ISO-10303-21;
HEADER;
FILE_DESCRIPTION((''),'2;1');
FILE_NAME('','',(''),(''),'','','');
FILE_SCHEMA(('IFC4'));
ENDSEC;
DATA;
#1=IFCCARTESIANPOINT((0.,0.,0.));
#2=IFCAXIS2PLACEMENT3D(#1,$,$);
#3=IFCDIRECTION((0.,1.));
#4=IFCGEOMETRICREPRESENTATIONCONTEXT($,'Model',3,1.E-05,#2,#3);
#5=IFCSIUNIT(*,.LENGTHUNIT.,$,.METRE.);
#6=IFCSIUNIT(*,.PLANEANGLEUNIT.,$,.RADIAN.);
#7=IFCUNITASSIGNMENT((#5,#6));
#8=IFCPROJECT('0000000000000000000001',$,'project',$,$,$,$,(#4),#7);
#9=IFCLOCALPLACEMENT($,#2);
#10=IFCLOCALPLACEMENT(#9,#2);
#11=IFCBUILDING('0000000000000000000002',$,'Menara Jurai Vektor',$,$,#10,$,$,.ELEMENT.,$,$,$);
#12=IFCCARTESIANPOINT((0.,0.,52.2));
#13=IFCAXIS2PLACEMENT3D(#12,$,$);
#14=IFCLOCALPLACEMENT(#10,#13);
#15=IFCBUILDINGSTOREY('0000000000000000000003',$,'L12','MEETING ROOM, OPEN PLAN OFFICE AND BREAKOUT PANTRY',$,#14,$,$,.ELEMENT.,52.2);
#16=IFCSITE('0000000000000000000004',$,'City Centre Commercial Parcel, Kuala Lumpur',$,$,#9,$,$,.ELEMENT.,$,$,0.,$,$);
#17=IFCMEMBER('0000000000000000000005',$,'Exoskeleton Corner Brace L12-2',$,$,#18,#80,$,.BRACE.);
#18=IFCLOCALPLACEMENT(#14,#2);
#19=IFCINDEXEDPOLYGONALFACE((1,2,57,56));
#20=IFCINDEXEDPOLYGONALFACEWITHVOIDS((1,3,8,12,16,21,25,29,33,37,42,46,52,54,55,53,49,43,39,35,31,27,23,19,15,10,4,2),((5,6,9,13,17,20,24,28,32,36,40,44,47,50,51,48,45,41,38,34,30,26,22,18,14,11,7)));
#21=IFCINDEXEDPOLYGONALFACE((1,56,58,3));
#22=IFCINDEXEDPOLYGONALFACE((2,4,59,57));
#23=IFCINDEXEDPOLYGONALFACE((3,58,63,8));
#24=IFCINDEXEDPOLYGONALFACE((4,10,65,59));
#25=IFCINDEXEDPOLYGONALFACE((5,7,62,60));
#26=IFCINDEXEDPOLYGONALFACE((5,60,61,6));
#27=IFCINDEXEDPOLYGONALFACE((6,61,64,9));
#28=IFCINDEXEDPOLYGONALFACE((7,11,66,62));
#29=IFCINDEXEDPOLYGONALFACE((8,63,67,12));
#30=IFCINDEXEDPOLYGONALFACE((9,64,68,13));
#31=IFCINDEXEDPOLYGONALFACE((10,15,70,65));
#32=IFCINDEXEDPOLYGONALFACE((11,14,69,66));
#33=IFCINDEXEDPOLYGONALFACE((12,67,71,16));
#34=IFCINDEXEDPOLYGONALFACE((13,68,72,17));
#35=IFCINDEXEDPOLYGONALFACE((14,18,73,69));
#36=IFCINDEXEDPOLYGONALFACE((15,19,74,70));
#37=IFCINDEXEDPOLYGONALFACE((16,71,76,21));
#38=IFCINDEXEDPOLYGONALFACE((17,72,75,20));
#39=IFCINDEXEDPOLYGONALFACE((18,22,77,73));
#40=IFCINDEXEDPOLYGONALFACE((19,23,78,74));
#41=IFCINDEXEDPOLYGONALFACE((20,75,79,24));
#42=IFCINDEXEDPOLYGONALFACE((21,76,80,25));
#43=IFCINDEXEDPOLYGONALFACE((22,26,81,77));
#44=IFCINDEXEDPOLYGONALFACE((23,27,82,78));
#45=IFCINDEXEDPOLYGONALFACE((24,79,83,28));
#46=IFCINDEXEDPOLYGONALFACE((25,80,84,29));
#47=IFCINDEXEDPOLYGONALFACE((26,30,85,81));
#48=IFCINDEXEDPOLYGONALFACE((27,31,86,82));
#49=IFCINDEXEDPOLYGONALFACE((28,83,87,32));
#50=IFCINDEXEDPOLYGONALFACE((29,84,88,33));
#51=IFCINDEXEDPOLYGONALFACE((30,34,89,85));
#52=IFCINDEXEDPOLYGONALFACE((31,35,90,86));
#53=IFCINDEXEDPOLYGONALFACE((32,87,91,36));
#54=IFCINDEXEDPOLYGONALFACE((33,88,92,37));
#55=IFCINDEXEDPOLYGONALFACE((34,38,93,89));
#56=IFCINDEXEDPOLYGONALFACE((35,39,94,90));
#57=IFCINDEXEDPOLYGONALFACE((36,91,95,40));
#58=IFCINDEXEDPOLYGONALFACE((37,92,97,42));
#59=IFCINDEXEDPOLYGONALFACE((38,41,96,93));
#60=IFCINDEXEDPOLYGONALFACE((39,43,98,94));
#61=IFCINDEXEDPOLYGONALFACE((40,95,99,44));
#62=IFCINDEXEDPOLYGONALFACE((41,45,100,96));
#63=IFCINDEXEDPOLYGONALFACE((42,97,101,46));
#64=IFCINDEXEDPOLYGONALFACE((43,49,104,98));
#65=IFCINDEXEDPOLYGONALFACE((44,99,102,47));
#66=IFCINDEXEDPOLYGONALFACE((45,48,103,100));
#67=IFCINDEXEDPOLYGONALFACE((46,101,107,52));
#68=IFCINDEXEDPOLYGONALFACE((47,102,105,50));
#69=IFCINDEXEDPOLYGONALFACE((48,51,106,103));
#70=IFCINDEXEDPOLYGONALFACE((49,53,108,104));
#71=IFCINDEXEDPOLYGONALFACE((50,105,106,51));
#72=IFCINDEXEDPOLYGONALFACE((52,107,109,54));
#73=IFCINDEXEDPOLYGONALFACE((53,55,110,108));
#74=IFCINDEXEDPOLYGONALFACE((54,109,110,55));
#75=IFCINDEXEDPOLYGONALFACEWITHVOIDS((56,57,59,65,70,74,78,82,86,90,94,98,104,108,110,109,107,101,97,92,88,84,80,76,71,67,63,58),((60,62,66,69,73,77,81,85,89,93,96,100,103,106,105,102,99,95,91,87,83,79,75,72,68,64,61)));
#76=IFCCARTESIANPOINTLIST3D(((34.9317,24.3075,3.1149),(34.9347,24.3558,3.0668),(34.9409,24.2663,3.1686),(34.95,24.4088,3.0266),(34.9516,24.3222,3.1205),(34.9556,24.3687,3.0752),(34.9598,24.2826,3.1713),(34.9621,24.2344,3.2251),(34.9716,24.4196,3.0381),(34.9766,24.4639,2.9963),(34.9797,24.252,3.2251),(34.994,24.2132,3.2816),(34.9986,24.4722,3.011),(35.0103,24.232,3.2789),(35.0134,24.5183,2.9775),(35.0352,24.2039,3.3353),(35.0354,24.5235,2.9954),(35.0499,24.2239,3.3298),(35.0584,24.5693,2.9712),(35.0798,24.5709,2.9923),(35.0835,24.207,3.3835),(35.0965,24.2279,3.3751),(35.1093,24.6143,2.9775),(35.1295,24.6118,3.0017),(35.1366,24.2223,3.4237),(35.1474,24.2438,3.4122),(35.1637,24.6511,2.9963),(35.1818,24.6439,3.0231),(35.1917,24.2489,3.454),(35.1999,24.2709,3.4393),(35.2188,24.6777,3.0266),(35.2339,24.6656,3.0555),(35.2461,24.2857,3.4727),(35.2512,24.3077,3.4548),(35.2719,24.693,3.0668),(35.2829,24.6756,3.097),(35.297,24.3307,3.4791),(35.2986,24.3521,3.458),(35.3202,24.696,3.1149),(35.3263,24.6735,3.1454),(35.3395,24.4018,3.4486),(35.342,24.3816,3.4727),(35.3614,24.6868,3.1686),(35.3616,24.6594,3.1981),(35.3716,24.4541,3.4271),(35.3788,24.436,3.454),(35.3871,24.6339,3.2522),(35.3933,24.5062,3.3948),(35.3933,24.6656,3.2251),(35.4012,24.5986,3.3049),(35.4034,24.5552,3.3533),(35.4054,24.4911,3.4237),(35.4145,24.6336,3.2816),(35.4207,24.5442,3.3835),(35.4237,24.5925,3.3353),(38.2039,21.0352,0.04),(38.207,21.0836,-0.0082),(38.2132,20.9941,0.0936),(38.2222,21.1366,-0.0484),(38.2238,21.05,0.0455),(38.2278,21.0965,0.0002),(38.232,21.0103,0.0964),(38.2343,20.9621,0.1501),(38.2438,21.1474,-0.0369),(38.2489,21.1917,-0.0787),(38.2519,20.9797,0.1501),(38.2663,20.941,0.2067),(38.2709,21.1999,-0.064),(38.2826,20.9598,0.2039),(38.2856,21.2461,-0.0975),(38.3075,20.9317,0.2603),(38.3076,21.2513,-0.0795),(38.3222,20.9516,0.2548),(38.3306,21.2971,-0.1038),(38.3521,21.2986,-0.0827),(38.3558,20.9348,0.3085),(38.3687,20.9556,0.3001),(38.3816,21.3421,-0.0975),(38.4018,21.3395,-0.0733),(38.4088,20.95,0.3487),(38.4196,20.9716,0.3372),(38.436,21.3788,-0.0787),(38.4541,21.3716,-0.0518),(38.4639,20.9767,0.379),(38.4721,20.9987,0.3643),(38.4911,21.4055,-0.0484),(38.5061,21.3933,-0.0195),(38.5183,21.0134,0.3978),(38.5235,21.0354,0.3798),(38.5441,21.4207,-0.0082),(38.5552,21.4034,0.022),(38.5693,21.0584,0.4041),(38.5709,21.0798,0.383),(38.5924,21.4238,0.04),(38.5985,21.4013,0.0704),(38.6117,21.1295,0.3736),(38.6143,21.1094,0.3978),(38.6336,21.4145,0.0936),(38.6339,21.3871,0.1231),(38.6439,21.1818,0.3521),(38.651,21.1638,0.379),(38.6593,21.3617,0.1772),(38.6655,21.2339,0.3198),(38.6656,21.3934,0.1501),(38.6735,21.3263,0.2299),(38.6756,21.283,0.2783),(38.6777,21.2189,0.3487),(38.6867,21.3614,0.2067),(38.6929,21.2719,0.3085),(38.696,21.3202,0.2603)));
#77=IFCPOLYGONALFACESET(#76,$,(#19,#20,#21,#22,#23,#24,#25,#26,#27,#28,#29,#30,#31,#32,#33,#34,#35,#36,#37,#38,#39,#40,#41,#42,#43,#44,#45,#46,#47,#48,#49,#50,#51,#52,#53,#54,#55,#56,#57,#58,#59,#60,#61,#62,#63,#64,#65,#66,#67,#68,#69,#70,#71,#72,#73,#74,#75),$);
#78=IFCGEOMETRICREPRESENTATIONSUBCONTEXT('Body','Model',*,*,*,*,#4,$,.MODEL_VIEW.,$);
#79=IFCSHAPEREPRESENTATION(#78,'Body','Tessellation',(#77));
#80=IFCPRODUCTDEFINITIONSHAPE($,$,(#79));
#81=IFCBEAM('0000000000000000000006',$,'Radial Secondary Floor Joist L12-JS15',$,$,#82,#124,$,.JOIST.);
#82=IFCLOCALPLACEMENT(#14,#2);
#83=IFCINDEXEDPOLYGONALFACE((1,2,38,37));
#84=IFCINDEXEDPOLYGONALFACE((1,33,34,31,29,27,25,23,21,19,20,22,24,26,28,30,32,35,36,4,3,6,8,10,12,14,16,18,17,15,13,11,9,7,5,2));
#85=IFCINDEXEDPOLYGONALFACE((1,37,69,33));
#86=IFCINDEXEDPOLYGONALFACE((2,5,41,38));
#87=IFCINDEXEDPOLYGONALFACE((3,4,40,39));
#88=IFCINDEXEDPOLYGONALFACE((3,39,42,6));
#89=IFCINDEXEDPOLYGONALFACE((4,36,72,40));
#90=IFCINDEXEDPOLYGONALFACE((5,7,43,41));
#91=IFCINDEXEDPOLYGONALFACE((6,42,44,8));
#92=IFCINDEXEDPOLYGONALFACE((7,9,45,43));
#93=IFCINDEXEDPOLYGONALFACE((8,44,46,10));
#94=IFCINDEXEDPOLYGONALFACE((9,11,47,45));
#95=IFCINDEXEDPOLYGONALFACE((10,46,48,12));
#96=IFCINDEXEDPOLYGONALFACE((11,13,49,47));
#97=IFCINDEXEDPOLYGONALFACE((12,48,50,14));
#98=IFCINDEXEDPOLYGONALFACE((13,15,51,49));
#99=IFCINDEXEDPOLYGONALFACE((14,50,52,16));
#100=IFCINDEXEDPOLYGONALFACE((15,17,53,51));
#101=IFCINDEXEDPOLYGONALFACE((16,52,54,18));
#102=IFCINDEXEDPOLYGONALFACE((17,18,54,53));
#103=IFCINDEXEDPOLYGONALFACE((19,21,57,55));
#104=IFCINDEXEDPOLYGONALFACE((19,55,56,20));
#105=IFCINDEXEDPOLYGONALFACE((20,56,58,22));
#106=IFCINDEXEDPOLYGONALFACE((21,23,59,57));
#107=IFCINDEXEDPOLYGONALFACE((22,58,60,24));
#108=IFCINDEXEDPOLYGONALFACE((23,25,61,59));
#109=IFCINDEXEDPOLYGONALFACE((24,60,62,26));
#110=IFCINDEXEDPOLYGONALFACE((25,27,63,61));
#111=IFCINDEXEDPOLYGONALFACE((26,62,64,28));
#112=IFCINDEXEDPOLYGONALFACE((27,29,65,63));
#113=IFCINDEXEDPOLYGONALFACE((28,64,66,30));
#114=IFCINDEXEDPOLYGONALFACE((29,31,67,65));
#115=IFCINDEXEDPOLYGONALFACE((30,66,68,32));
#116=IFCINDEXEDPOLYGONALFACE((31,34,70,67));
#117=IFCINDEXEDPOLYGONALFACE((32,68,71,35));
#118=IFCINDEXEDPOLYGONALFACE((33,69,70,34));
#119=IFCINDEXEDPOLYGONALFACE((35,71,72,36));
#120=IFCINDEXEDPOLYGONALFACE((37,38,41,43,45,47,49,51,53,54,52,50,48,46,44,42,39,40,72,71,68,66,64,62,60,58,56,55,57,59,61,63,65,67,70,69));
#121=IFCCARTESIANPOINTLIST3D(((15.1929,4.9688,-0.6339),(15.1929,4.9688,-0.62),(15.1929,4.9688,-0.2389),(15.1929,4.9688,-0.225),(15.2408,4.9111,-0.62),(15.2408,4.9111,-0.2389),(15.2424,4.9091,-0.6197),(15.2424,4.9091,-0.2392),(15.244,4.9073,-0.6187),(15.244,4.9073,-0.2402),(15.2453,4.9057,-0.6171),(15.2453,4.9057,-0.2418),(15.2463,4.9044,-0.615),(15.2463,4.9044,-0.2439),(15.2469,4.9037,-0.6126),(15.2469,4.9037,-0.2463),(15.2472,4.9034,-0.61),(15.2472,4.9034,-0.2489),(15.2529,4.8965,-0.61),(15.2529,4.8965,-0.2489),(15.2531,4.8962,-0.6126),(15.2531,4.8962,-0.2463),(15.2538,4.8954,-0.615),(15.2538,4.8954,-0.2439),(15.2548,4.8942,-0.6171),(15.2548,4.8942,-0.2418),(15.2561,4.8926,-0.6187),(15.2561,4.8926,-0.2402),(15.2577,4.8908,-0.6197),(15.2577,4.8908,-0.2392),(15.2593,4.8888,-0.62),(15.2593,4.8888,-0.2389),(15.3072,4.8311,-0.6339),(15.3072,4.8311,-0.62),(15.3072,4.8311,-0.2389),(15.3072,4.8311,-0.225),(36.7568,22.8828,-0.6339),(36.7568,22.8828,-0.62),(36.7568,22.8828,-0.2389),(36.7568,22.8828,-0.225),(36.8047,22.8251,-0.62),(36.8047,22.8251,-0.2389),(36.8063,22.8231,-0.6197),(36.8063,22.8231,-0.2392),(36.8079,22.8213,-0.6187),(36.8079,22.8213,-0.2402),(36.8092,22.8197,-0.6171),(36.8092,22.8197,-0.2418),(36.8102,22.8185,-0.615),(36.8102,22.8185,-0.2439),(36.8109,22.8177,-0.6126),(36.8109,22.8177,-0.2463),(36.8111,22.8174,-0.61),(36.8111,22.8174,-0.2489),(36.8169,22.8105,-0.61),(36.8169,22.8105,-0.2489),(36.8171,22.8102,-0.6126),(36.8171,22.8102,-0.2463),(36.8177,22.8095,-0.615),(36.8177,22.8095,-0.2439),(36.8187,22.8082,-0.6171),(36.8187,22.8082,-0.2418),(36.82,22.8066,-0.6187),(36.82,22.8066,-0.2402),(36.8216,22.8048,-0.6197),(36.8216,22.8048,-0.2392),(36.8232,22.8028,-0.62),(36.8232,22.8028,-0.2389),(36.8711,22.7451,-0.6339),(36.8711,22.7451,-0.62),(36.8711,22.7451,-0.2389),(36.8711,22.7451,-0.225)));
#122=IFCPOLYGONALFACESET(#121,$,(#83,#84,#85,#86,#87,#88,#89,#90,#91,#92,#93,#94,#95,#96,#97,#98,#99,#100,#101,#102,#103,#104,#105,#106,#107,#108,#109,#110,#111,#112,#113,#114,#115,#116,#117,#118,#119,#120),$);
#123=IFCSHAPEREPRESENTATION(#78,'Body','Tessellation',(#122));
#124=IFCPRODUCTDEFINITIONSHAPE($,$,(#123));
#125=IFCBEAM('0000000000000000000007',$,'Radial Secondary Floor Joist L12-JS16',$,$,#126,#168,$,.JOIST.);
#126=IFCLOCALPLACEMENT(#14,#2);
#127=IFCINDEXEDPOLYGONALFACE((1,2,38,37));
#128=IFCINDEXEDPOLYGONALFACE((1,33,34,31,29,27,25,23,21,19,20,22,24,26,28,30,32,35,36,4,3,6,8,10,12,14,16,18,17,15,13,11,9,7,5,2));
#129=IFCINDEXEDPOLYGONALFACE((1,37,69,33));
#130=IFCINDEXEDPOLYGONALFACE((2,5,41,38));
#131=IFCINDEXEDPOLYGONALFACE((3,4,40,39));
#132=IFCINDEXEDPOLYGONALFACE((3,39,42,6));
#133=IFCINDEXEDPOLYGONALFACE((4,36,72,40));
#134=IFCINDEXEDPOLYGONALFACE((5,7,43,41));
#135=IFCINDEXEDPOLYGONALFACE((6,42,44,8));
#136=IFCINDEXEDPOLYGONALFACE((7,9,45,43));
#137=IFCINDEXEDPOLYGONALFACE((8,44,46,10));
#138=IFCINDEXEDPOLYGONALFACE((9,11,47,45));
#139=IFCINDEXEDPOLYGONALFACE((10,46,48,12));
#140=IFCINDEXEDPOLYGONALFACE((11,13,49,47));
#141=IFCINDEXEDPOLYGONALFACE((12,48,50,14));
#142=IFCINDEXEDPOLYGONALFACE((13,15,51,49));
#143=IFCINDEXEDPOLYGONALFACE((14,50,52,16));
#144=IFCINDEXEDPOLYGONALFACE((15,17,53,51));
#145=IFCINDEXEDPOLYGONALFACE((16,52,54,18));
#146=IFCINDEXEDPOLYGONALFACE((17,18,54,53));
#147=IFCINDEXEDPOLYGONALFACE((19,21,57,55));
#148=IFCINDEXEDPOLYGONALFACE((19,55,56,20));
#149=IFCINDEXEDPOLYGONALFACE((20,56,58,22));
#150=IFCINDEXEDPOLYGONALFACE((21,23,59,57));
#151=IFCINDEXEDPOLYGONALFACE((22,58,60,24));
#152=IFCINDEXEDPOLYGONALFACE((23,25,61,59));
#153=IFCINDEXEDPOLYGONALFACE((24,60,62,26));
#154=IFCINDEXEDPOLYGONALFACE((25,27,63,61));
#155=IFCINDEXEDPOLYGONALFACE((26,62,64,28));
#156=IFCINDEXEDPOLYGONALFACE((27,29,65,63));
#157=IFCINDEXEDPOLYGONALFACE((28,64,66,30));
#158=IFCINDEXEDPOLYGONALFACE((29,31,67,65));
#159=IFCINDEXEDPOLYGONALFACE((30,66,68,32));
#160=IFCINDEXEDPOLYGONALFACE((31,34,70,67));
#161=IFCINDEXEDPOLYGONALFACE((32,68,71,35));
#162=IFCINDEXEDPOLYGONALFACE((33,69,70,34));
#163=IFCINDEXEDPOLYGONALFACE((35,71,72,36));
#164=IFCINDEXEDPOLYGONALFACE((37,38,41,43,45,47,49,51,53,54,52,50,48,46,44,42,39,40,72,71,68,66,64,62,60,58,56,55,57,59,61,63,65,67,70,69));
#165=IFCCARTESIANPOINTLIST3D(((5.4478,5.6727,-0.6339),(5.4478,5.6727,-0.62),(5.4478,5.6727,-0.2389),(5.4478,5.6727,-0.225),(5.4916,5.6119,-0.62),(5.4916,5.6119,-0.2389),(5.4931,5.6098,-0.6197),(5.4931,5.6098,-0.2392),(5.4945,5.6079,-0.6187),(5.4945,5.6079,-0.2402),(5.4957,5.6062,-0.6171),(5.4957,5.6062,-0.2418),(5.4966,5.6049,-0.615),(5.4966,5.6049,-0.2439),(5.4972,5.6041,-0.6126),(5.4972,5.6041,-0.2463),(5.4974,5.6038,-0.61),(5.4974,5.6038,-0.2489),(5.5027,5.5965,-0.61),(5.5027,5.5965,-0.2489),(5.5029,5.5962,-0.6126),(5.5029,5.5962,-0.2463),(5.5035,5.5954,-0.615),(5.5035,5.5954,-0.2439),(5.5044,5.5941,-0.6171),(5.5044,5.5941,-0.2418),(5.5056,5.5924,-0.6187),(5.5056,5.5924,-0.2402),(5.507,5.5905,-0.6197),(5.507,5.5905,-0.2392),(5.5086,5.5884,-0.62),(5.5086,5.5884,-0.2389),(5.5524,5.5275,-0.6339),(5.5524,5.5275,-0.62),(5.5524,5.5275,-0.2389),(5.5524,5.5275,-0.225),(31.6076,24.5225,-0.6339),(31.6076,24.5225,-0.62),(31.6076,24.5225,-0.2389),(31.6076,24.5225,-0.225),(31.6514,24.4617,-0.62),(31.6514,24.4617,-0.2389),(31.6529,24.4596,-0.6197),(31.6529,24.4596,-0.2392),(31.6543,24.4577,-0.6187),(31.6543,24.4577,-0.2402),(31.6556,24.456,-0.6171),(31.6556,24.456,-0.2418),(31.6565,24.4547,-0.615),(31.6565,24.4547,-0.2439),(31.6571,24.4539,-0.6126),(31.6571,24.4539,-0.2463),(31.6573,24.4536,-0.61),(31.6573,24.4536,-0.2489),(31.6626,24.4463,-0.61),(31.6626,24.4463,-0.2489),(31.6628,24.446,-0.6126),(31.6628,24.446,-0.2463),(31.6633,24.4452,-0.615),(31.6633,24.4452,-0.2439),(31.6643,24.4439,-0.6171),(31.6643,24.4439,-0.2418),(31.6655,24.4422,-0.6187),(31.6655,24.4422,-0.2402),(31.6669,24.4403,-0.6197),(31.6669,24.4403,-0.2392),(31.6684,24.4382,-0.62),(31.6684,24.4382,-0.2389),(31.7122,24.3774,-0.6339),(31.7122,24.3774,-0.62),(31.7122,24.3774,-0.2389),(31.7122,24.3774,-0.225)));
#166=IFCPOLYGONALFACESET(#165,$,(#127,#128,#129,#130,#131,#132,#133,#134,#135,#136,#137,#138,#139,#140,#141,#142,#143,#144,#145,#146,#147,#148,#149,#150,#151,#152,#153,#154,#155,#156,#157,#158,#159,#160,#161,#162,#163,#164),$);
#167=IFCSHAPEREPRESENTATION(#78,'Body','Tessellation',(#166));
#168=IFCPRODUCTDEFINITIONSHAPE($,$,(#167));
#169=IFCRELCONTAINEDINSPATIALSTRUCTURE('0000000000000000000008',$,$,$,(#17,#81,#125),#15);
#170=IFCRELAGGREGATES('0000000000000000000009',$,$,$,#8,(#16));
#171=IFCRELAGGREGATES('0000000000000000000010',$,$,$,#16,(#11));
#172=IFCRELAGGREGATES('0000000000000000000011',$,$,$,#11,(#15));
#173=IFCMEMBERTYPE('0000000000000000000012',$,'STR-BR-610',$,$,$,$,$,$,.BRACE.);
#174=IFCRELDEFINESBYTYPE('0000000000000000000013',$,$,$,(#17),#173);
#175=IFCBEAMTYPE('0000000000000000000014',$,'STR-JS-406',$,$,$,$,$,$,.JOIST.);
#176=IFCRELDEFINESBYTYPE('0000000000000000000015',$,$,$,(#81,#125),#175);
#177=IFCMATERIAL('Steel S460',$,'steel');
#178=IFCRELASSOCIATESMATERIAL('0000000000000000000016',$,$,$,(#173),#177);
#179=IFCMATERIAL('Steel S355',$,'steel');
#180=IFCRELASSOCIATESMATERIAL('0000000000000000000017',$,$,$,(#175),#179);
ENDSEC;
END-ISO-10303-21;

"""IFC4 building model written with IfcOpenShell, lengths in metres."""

from ifc_helpers import new_model, si_unit, direction, frame, origin, origin_2d, place, context, subcontext, project, spatial, hollow_circle, i_section, extrude, material, material_profile, profile_set, type_object, element, save


model = new_model("IFC4")

# Units and contexts
model_context = context("Model", 3, precision=1e-05, world=origin(), true_north=direction((0.0, 1.0)))
body_context = subcontext(model_context, "Body", "Model", "MODEL_VIEW")
ifc_project = project(units=[si_unit("LENGTHUNIT", "METRE"), si_unit("PLANEANGLEUNIT", "RADIAN")], contexts=[model_context])

# Site, building, storey
site_placement = place(None, origin())
site = spatial("IfcSite", under=ifc_project, at=site_placement, Name="City Centre Commercial Parcel, Kuala Lumpur", CompositionType="ELEMENT", RefElevation=0.0)
building_placement = place(site_placement, origin())
building = spatial("IfcBuilding", under=site, at=building_placement, Name="Menara Jurai Vektor", CompositionType="ELEMENT")
storey_placement = place(building_placement, frame((0.0, 0.0, 52.2)))
storey = spatial("IfcBuildingStorey", under=building, at=storey_placement, Name="L12", Description="MEETING ROOM, OPEN PLAN OFFICE AND BREAKOUT PANTRY", CompositionType="ELEMENT", Elevation=52.2)

# Shared definitions
ifc_material_1 = material(Name="Steel S460", Category="steel")

# Shared definitions
ifc_material_2 = material(Name="Steel S355", Category="steel")

# Member
ifc_material_profile_1 = material_profile(ifc_material_1, hollow_circle(Radius=0.3049, WallThickness=0.0249, at=origin_2d()), Name="CHS 610x25")
ifc_profile_set_1 = profile_set([ifc_material_profile_1], Name="Steel S460")
member_type_1 = type_object("IfcMemberType", Name="STR-BR-610", PredefinedType="BRACE", material=ifc_profile_set_1)
member_1_placement = place(storey_placement, frame((38.45, 21.1777, 0.1501), z_axis=(-0.588942, 0.588942, 0.553438), x_axis=(-0.707107, -0.707107, 0.0)))
element("IfcMember", 1, at=member_1_placement, inside=storey, type_object=member_type_1, Name="Exoskeleton Corner Brace L12-2", PredefinedType="BRACE", context=body_context, shape_type="SweptSolid", body=[
    extrude(hollow_circle(Radius=0.3049, WallThickness=0.0249, at=origin_2d()), origin(), (0.0, 0.0, 1.0), 5.5562),
])

# Beams
ifc_material_profile_2 = material_profile(ifc_material_2, i_section(OverallWidth=0.179, OverallDepth=0.4089, WebThickness=0.009, FlangeThickness=0.0139, FilletRadius=0.01, at=origin_2d()), Name="UKB 406x178x67")
ifc_profile_set_2 = profile_set([ifc_material_profile_2], Name="Steel S355")
beam_type_1 = type_object("IfcBeamType", Name="STR-JS-406", PredefinedType="JOIST", material=ifc_profile_set_2)
beam_1_placement = place(storey_placement, frame((36.814, 22.814, -0.4294), z_axis=(-0.769201, -0.639007, 0.0), x_axis=(0.639007, -0.769201, 0.0)))
element("IfcBeam", 2, at=beam_1_placement, inside=storey, type_object=beam_type_1, Name="Radial Secondary Floor Joist L12-JS15", PredefinedType="JOIST", context=body_context, shape_type="SweptSolid", body=[
    extrude(i_section(OverallWidth=0.179, OverallDepth=0.4089, WebThickness=0.009, FlangeThickness=0.0139, FilletRadius=0.01, at=origin_2d()), origin(), (0.0, 0.0, 1.0), 28.0342),
])
beam_2_placement = place(storey_placement, frame((31.6599, 24.45, -0.4294), z_axis=(-0.811318, -0.584605, 0.0), x_axis=(0.584605, -0.811318, 0.0)))
element("IfcBeam", 3, at=beam_2_placement, inside=storey, type_object=beam_type_1, Name="Radial Secondary Floor Joist L12-JS16", PredefinedType="JOIST", context=body_context, shape_type="SweptSolid", body=[
    extrude(i_section(OverallWidth=0.179, OverallDepth=0.4089, WebThickness=0.009, FlangeThickness=0.0139, FilletRadius=0.01, at=origin_2d()), origin(), (0.0, 0.0, 1.0), 32.2437),
])

save(model, "model.ifc")
